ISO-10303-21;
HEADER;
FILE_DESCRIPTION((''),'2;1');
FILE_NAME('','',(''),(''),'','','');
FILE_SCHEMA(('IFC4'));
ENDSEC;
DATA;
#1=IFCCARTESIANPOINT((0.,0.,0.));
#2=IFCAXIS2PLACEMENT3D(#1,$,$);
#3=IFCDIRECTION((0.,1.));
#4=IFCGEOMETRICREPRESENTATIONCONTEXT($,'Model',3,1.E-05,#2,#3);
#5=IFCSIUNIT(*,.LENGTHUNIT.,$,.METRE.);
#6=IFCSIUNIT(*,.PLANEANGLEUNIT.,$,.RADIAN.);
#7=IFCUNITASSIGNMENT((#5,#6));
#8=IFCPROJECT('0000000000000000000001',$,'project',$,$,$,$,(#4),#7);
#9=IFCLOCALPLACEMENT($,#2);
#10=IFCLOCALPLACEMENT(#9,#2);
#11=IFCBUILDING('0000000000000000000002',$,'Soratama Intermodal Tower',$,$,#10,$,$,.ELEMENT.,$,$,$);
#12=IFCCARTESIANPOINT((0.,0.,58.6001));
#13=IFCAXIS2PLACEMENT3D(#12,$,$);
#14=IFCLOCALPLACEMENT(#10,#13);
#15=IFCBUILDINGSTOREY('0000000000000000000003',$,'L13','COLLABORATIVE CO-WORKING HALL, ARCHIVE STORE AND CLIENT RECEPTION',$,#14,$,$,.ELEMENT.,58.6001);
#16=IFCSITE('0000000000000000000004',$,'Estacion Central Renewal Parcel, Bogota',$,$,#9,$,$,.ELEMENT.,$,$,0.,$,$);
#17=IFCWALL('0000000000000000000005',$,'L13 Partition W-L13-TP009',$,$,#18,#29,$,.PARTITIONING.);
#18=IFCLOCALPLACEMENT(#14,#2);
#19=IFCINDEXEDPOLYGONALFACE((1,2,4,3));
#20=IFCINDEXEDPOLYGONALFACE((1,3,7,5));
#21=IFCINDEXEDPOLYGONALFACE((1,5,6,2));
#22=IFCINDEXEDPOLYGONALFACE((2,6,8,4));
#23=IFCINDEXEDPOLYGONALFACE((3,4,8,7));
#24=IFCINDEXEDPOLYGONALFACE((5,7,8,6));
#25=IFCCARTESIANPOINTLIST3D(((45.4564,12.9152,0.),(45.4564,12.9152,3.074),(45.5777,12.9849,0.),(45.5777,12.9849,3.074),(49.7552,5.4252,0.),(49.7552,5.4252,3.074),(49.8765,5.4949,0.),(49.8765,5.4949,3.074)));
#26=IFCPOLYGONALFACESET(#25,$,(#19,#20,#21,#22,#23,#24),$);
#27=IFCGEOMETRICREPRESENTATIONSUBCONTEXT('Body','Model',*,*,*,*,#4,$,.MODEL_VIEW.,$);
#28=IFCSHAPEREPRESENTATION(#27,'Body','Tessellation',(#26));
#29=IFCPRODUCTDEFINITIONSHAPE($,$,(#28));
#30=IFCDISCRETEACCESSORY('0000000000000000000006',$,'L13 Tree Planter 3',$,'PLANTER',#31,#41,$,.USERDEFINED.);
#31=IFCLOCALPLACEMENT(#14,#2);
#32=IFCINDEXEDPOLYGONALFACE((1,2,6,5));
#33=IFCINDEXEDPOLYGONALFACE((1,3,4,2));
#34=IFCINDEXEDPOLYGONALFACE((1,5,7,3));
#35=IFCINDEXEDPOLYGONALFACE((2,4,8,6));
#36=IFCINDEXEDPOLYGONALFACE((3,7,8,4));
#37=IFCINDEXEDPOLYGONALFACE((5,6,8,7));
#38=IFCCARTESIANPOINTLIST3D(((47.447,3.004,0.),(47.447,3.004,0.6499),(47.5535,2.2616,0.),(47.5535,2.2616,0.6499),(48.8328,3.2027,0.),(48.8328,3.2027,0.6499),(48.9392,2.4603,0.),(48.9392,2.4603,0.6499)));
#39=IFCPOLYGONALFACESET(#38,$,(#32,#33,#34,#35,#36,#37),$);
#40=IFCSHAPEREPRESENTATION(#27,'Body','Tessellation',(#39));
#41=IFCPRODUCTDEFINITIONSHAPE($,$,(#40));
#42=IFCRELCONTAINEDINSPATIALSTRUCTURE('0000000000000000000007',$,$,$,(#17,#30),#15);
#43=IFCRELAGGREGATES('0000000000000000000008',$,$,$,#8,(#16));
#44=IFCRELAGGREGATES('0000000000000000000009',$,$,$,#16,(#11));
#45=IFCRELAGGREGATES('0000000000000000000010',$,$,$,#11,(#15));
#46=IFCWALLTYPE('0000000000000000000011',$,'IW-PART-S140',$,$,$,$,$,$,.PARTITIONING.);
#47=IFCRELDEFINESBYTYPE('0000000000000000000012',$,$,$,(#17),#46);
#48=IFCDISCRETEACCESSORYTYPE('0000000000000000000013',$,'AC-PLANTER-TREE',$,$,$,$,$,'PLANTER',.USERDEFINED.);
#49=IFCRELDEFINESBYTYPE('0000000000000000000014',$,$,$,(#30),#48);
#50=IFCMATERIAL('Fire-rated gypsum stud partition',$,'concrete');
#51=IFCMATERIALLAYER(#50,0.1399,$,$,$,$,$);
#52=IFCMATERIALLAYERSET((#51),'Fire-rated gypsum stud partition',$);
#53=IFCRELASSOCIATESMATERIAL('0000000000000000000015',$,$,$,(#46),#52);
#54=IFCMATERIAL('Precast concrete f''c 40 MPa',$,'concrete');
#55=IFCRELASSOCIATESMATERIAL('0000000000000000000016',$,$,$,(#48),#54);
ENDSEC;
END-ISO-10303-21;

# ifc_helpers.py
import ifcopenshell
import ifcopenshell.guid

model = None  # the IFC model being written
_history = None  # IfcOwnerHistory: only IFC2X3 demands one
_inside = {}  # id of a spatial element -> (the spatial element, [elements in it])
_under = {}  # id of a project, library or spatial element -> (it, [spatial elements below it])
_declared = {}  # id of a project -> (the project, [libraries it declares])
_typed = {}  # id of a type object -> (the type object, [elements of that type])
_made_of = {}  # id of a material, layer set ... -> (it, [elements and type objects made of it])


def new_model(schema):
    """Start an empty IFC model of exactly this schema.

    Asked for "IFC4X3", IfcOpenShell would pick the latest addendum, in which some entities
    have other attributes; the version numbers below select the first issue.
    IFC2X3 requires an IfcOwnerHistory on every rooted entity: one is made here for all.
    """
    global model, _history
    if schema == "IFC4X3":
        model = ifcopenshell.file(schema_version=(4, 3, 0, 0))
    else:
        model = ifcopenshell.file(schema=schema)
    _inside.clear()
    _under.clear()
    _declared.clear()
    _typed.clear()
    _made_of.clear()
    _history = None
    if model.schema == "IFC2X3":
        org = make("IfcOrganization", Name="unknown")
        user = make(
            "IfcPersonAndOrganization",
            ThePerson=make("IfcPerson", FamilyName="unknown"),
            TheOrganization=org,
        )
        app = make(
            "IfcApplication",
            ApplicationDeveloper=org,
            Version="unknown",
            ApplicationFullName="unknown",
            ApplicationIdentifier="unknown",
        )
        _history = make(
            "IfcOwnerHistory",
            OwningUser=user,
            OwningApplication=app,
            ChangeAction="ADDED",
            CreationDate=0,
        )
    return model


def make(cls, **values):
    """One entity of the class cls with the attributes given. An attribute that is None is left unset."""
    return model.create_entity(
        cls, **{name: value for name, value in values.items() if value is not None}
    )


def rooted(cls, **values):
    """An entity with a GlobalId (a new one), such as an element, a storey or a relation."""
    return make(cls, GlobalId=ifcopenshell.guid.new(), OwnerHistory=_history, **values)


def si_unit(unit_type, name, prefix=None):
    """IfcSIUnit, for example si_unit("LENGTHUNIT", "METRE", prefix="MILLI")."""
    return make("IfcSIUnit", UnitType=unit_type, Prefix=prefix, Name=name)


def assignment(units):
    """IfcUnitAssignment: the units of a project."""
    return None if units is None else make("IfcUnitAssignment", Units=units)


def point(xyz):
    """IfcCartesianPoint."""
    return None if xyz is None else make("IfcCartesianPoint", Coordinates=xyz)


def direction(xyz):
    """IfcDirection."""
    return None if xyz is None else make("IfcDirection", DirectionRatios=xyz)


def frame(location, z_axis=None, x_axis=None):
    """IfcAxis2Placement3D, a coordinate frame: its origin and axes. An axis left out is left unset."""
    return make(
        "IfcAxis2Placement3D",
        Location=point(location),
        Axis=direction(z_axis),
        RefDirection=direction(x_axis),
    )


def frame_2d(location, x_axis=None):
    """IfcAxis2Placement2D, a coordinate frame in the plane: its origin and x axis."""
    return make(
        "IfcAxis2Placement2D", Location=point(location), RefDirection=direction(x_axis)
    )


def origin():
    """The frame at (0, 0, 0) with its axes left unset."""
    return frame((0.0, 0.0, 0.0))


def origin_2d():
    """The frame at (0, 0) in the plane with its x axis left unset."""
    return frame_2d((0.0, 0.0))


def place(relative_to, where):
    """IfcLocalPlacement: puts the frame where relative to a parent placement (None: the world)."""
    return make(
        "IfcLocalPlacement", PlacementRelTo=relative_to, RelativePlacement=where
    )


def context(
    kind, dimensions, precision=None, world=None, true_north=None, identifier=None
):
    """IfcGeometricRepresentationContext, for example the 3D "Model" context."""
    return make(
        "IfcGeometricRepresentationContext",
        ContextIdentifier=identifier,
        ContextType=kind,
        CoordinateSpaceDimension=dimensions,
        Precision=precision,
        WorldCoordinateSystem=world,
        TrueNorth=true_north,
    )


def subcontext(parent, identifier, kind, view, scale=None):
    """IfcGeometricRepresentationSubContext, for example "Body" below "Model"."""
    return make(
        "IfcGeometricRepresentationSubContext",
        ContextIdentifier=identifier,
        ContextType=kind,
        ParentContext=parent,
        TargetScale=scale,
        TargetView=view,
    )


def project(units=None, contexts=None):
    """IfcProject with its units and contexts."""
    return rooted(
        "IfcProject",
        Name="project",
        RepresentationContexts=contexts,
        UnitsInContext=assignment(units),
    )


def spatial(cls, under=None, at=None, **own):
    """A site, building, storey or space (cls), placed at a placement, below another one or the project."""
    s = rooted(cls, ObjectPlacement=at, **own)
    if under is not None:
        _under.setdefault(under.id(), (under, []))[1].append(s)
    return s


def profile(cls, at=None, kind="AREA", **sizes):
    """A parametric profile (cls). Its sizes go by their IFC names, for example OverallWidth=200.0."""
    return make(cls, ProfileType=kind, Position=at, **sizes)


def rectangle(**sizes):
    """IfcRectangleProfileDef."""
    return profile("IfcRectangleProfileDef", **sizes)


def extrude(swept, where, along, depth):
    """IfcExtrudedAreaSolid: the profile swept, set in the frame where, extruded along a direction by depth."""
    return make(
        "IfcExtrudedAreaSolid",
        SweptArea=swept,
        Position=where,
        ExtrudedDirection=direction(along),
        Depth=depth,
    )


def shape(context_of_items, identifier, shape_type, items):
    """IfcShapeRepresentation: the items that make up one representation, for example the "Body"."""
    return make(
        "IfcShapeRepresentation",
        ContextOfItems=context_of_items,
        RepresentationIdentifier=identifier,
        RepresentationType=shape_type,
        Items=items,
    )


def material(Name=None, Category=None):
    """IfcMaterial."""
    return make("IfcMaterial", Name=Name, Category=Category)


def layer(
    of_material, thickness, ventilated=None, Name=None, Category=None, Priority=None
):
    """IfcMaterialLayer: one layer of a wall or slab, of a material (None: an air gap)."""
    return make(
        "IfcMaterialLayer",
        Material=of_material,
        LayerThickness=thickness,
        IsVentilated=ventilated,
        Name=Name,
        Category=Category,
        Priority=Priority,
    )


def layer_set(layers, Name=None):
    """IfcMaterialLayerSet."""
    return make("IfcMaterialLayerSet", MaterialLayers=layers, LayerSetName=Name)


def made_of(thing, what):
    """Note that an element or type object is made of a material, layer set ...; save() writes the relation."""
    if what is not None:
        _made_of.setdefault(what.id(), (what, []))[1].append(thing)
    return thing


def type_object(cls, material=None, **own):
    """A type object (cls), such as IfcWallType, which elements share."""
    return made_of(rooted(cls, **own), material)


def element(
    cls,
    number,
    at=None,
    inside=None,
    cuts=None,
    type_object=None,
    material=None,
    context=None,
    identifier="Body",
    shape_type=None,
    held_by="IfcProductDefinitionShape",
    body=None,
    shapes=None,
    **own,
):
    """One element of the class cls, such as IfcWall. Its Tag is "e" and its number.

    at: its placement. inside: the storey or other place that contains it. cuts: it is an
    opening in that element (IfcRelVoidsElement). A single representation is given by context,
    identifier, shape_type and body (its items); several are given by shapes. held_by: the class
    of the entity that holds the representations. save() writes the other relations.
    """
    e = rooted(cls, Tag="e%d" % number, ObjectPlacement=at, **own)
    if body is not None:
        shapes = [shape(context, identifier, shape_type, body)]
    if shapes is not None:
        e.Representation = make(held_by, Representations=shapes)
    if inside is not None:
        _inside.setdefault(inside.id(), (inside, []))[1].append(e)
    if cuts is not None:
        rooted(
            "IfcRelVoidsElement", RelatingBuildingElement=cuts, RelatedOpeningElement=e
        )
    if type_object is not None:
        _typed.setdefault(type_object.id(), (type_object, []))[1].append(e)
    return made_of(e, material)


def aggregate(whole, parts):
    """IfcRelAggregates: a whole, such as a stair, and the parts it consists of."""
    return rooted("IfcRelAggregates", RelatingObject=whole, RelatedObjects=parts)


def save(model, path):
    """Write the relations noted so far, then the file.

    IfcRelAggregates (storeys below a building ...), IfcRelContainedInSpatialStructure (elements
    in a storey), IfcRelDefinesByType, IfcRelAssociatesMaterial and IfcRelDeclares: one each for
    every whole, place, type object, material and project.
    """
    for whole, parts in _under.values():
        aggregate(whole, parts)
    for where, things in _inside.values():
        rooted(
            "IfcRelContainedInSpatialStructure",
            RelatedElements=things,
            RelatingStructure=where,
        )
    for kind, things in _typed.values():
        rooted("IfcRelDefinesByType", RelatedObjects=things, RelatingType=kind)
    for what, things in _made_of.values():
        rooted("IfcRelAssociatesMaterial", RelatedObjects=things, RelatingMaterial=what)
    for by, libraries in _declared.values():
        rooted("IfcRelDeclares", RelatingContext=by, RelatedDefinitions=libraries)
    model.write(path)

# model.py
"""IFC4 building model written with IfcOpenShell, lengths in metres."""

from ifc_helpers import new_model, si_unit, direction, frame, frame_2d, origin, origin_2d, place, context, subcontext, project, spatial, rectangle, extrude, material, layer, layer_set, type_object, element, save


model = new_model("IFC4")

# Units and contexts
model_context = context("Model", 3, precision=1e-05, world=origin(), true_north=direction((0.0, 1.0)))
body_context = subcontext(model_context, "Body", "Model", "MODEL_VIEW")
ifc_project = project(units=[si_unit("LENGTHUNIT", "METRE"), si_unit("PLANEANGLEUNIT", "RADIAN")], contexts=[model_context])

# Site, building, storey
site_placement = place(None, origin())
site = spatial("IfcSite", under=ifc_project, at=site_placement, Name="Estacion Central Renewal Parcel, Bogota", CompositionType="ELEMENT", RefElevation=0.0)
building_placement = place(site_placement, origin())
building = spatial("IfcBuilding", under=site, at=building_placement, Name="Soratama Intermodal Tower", CompositionType="ELEMENT")
storey_placement = place(building_placement, frame((0.0, 0.0, 58.6001)))
storey = spatial("IfcBuildingStorey", under=building, at=storey_placement, Name="L13", Description="COLLABORATIVE CO-WORKING HALL, ARCHIVE STORE AND CLIENT RECEPTION", CompositionType="ELEMENT", Elevation=58.6001)

# Wall
ifc_material_1 = material(Name="Fire-rated gypsum stud partition", Category="concrete")
ifc_layer_1 = layer(ifc_material_1, 0.1399)
ifc_layer_set_1 = layer_set([ifc_layer_1], Name="Fire-rated gypsum stud partition")
wall_type_1 = type_object("IfcWallType", Name="IW-PART-S140", PredefinedType="PARTITIONING", material=ifc_layer_set_1)
wall_1_placement = place(storey_placement, frame((45.5171, 12.95, 0.0), z_axis=(0.0, 0.0, 1.0), x_axis=(0.497782, -0.867302, 0.0)))
element("IfcWall", 1, at=wall_1_placement, inside=storey, type_object=wall_type_1, Name="L13 Partition W-L13-TP009", PredefinedType="PARTITIONING", context=body_context, shape_type="SweptSolid", body=[
    extrude(rectangle(XDim=8.636, YDim=0.1399, at=frame_2d((4.3179, 0.0))), origin(), (0.0, 0.0, 1.0), 3.074),
])

# Discrete accessory
ifc_material_2 = material(Name="Precast concrete f'c 40 MPa", Category="concrete")
discrete_accessory_type = type_object("IfcDiscreteAccessoryType", Name="AC-PLANTER-TREE", ElementType="PLANTER", PredefinedType="USERDEFINED", material=ifc_material_2)
discrete_accessory_placement = place(storey_placement, frame((48.1931, 2.7322, 0.0), z_axis=(0.0, 0.0, 1.0), x_axis=(0.141938, -0.989876, 0.0)))
element("IfcDiscreteAccessory", 2, at=discrete_accessory_placement, inside=storey, type_object=discrete_accessory_type, Name="L13 Tree Planter 3", ObjectType="PLANTER", PredefinedType="USERDEFINED", context=body_context, shape_type="SweptSolid", body=[
    extrude(rectangle(XDim=0.75, YDim=1.3999, at=origin_2d()), origin(), (0.0, 0.0, 1.0), 0.6499),
])

save(model, "model.ifc")
